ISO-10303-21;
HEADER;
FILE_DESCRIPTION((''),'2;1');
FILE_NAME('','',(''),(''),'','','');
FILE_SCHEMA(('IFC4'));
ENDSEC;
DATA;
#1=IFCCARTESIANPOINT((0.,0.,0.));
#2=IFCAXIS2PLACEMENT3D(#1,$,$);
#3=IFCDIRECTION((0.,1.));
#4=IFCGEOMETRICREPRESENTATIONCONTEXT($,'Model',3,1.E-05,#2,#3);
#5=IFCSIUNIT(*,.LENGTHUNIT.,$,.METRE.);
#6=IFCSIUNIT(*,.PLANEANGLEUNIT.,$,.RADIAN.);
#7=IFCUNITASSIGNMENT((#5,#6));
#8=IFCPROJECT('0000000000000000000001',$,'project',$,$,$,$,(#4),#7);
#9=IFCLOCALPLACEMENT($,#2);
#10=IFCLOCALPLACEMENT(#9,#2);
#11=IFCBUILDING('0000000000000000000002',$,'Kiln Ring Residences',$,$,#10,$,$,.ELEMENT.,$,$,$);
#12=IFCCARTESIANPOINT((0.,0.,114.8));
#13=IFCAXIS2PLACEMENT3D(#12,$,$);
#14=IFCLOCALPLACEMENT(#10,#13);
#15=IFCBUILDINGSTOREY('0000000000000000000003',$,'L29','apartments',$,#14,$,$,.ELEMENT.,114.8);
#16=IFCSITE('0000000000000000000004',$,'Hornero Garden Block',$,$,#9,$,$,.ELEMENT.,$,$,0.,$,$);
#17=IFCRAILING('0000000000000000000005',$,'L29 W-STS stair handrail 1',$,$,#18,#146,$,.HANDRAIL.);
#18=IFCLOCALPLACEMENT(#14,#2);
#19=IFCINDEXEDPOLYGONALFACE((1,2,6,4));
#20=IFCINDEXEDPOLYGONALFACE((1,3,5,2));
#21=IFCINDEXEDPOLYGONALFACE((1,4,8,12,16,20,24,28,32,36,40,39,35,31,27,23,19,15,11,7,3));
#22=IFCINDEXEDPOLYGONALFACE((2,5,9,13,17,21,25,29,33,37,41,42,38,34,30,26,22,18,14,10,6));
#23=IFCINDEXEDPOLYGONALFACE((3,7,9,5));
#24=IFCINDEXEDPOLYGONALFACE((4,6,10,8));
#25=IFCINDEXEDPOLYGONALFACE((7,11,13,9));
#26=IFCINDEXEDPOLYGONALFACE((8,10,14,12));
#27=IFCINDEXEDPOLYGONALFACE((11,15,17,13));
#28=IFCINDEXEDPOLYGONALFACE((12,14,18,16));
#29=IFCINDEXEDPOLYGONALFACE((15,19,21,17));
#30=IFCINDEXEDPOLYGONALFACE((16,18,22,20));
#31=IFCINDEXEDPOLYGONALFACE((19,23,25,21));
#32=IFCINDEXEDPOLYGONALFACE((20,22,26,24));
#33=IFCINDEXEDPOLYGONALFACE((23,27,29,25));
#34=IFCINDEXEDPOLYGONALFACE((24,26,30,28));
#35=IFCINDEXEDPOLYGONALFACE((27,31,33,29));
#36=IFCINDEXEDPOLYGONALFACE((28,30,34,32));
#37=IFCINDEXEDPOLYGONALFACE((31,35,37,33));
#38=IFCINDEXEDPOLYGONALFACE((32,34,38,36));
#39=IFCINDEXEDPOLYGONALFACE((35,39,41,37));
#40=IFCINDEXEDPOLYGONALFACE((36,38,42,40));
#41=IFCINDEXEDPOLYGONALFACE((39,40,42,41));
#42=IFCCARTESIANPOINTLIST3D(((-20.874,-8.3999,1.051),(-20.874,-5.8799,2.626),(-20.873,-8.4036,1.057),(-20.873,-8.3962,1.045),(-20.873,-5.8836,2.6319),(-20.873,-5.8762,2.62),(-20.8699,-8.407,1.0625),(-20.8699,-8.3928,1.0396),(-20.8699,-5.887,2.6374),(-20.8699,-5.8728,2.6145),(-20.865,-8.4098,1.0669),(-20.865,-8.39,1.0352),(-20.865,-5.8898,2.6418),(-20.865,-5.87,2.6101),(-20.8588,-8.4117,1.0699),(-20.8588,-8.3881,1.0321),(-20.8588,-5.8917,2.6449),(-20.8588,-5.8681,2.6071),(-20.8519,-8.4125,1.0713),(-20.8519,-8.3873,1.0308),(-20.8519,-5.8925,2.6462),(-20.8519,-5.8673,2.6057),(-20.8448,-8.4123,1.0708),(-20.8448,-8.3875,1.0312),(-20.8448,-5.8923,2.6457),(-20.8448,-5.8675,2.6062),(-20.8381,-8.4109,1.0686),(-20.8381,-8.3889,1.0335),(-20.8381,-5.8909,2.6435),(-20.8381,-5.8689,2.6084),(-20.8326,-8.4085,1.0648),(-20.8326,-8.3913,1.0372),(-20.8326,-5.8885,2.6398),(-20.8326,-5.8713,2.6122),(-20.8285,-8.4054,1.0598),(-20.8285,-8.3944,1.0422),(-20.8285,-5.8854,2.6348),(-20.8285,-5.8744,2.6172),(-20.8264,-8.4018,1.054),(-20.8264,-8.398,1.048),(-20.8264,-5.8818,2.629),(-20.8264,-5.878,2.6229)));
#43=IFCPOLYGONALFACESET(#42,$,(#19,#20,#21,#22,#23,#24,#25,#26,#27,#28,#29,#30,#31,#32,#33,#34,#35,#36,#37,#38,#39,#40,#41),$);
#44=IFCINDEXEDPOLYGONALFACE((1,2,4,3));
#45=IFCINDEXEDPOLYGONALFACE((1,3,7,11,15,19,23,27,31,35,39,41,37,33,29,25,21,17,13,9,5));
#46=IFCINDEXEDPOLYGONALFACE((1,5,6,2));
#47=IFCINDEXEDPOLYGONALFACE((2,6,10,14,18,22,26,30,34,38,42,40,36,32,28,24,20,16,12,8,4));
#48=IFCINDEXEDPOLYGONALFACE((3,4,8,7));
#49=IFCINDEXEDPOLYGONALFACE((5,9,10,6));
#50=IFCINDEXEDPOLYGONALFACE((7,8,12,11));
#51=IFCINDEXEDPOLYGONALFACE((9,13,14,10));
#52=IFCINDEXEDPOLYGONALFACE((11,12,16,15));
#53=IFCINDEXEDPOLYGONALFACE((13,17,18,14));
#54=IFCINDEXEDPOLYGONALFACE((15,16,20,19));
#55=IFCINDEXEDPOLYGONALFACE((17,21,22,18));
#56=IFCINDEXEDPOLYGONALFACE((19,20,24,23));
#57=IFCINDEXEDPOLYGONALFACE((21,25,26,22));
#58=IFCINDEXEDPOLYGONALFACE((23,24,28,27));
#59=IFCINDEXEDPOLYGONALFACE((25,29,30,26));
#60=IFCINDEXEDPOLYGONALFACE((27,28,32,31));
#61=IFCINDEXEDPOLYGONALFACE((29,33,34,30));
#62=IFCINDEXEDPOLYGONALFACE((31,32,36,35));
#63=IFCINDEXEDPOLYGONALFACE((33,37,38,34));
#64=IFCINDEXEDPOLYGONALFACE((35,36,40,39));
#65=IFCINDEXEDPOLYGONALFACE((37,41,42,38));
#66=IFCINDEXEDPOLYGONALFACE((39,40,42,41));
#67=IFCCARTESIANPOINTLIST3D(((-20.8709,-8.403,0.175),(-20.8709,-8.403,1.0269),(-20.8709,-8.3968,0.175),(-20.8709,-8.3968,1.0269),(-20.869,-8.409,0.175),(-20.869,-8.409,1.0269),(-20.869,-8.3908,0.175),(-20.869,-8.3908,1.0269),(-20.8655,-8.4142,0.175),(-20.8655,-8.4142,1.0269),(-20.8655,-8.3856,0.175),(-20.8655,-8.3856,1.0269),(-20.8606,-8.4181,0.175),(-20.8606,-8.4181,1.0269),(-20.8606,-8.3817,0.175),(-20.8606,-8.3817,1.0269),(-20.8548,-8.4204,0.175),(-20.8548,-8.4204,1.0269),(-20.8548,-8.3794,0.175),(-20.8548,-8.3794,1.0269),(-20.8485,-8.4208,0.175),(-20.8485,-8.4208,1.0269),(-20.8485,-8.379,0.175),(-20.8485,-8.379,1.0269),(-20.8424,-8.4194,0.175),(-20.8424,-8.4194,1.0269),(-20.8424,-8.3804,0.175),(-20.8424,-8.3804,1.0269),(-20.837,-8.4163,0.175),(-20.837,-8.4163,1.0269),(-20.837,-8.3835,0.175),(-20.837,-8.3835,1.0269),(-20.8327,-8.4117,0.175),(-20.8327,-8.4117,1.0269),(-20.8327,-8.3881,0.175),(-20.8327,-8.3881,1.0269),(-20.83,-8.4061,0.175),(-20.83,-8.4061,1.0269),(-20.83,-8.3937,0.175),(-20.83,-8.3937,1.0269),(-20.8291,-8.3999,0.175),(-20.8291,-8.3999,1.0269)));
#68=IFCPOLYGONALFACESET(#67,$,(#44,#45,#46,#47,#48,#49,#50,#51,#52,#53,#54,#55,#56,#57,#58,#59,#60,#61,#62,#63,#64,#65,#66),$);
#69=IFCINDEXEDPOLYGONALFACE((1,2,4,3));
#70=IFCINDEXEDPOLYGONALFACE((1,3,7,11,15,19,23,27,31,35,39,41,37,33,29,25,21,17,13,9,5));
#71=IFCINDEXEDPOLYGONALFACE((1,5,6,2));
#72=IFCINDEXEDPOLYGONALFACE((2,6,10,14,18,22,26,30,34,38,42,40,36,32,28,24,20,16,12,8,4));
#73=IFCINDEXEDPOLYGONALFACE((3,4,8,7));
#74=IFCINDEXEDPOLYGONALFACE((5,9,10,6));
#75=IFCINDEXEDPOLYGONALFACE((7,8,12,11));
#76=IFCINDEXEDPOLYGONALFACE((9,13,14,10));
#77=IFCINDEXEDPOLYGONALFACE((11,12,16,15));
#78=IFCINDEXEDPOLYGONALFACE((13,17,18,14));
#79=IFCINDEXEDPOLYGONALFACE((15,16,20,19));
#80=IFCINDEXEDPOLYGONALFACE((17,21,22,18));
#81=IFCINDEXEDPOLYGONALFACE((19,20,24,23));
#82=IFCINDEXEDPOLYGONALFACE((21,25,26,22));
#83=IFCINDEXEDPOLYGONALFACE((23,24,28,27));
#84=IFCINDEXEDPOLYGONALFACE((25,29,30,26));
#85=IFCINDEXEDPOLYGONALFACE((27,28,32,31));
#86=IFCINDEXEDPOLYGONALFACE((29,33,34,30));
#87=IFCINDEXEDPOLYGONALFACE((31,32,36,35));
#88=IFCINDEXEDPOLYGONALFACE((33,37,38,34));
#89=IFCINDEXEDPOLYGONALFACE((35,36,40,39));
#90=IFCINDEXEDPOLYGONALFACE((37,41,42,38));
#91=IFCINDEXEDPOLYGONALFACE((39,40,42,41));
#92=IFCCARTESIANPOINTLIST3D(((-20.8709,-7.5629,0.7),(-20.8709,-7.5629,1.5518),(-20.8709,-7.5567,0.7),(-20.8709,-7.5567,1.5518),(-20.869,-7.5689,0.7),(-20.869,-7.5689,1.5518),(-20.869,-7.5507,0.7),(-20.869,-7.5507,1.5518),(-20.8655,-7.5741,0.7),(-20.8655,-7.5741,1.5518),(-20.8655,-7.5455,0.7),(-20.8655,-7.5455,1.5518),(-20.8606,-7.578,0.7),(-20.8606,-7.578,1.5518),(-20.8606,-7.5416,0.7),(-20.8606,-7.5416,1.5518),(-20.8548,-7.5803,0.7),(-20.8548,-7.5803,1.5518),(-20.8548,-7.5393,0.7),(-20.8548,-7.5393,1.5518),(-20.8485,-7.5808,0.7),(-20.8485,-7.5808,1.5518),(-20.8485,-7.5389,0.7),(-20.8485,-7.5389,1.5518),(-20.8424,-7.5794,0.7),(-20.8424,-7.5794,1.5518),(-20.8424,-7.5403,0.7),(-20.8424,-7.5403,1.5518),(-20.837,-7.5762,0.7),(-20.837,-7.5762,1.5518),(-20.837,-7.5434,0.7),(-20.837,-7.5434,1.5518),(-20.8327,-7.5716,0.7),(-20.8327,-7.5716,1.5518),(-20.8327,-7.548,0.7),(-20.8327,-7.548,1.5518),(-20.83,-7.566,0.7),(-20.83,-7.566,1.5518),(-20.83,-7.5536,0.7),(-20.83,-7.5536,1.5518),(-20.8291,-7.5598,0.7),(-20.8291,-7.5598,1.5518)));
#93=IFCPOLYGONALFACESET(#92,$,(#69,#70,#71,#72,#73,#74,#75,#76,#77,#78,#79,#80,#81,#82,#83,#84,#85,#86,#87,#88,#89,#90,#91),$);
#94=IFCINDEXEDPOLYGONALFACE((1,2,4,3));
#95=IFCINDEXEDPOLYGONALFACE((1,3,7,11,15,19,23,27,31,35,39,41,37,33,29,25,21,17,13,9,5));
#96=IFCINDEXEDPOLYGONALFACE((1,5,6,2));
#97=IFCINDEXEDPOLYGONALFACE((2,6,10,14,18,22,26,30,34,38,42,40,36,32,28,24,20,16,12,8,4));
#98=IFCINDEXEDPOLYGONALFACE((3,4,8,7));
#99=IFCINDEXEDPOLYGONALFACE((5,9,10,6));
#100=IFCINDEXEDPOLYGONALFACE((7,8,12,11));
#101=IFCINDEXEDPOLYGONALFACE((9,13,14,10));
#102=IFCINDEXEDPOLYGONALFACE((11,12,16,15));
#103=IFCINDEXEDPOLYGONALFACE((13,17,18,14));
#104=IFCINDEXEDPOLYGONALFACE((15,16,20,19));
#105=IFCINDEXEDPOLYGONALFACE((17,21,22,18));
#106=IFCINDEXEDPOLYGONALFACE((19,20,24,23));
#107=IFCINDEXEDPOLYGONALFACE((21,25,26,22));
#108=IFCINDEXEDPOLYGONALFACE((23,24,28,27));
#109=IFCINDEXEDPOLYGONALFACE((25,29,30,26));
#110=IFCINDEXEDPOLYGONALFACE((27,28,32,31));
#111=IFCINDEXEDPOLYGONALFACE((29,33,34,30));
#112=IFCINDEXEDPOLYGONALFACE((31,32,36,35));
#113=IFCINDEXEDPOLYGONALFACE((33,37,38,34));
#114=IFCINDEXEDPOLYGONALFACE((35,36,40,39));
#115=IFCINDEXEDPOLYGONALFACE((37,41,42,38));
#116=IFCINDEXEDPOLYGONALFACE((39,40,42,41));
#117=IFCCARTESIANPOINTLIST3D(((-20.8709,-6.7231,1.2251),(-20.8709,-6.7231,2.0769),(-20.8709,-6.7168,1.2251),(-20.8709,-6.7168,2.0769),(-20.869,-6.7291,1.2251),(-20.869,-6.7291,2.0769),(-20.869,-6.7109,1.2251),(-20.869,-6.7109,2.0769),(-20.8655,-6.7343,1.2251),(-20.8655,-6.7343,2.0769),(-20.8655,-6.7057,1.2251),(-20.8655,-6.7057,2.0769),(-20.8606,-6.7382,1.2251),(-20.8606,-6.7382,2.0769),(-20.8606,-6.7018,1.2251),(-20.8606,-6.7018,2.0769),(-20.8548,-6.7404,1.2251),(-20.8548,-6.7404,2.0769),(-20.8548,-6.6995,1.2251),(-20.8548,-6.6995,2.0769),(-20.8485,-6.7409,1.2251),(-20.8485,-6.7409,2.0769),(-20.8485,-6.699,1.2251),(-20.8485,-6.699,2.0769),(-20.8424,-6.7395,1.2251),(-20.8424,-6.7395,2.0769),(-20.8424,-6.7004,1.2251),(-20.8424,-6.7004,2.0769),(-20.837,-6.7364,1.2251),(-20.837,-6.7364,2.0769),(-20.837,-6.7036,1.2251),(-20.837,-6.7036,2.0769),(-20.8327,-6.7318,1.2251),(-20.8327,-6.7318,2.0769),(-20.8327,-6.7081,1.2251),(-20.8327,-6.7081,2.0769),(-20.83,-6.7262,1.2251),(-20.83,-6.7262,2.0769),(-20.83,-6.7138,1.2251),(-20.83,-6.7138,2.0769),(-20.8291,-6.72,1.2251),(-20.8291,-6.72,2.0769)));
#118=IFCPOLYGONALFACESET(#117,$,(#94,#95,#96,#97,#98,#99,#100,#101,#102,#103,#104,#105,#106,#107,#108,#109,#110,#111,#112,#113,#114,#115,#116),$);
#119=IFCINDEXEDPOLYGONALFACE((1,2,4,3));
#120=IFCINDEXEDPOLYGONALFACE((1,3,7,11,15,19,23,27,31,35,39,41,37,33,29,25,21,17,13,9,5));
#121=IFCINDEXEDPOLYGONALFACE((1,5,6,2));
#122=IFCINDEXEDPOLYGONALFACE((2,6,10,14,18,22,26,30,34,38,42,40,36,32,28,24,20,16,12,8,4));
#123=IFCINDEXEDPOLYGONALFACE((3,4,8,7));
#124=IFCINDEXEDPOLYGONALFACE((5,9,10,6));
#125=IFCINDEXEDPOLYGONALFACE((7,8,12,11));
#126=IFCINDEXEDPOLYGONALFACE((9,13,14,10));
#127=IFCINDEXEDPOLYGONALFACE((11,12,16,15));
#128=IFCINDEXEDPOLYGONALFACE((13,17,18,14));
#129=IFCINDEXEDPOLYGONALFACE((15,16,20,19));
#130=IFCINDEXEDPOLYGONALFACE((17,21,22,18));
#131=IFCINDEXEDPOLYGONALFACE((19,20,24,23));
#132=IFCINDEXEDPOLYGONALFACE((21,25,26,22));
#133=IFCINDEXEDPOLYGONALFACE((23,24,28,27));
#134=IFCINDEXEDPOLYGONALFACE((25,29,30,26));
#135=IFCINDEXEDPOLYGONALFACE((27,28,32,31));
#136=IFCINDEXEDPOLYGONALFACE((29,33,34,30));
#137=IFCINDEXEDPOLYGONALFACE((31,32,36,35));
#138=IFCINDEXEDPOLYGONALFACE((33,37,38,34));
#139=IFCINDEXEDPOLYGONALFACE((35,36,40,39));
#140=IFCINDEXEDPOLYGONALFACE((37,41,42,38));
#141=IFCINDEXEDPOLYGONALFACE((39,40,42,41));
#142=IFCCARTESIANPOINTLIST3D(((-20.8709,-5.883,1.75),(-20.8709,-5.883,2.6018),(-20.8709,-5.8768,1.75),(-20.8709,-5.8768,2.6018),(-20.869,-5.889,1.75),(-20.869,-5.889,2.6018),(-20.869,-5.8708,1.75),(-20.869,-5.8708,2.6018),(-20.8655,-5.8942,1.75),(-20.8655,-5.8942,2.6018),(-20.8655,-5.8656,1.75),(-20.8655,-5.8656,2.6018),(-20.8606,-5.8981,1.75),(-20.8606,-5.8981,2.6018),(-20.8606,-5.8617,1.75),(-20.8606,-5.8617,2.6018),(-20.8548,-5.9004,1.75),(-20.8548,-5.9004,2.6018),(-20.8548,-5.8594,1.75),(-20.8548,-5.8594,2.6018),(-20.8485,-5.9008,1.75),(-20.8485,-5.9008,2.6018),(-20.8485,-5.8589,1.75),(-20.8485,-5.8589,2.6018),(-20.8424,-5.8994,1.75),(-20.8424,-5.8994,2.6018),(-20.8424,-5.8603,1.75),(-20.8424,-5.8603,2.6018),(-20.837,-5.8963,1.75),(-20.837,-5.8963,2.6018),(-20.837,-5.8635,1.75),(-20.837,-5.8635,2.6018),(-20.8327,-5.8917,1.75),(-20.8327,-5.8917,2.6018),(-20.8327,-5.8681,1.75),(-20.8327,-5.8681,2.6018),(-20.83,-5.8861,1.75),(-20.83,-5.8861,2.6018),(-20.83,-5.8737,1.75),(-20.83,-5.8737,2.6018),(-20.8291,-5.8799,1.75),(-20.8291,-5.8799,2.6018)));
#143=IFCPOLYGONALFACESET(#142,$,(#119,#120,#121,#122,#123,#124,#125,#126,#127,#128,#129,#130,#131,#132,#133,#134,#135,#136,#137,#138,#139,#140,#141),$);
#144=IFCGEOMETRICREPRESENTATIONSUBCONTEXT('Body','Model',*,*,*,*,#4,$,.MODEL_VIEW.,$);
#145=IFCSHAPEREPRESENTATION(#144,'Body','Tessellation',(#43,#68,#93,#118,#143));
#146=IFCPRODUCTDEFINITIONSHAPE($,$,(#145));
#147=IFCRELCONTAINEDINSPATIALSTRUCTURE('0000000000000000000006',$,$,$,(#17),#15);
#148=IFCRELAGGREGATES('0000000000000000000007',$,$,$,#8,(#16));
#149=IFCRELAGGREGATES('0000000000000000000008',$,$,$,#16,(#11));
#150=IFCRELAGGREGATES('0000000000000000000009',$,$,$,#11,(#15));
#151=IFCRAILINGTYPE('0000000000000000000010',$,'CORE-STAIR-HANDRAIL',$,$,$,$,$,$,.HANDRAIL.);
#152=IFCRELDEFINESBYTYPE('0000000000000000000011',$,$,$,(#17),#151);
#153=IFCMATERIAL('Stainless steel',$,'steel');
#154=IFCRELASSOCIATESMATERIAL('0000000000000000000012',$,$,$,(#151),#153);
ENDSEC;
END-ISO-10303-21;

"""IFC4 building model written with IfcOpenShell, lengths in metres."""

from ifc_helpers import new_model, si_unit, direction, frame, origin, origin_2d, place, context, subcontext, project, spatial, circle, extrude, material, type_object, element, save


model = new_model("IFC4")

# Units and contexts
model_context = context("Model", 3, precision=1e-05, world=origin(), true_north=direction((0.0, 1.0)))
body_context = subcontext(model_context, "Body", "Model", "MODEL_VIEW")
ifc_project = project(units=[si_unit("LENGTHUNIT", "METRE"), si_unit("PLANEANGLEUNIT", "RADIAN")], contexts=[model_context])

# Site, building, storey
site_placement = place(None, origin())
site = spatial("IfcSite", under=ifc_project, at=site_placement, Name="Hornero Garden Block", CompositionType="ELEMENT", RefElevation=0.0)
building_placement = place(site_placement, origin())
building = spatial("IfcBuilding", under=site, at=building_placement, Name="Kiln Ring Residences", CompositionType="ELEMENT")
storey_placement = place(building_placement, frame((0.0, 0.0, 114.8)))
storey = spatial("IfcBuildingStorey", under=building, at=storey_placement, Name="L29", Description="apartments", CompositionType="ELEMENT", Elevation=114.8)

# Railing
ifc_material_1 = material(Name="Stainless steel", Category="steel")
railing_type_1 = type_object("IfcRailingType", Name="CORE-STAIR-HANDRAIL", PredefinedType="HANDRAIL", material=ifc_material_1)
railing_1_placement = place(storey_placement, frame((-20.8501, -8.3999, 0.175)))
element("IfcRailing", 1, at=railing_1_placement, inside=storey, type_object=railing_type_1, Name="L29 W-STS stair handrail 1", PredefinedType="HANDRAIL", context=body_context, shape_type="SweptSolid", body=[
    extrude(circle(Radius=0.0239, at=origin_2d()), frame((0.0, 0.0, 0.876), z_axis=(0.0, 0.848008, 0.529984), x_axis=(-1.0, 0.0, 0.0)), (0.0, 0.0, 1.0), 2.9717),
    extrude(circle(Radius=0.021, at=origin_2d()), origin(), (0.0, 0.0, 1.0), 0.8518),
    extrude(circle(Radius=0.021, at=origin_2d()), frame((0.0, 0.8401, 0.5249)), (0.0, 0.0, 1.0), 0.8518),
    extrude(circle(Radius=0.021, at=origin_2d()), frame((0.0, 1.6799, 1.05)), (0.0, 0.0, 1.0), 0.8518),
    extrude(circle(Radius=0.021, at=origin_2d()), frame((0.0, 2.52, 1.575)), (0.0, 0.0, 1.0), 0.8518),
])

save(model, "model.ifc")
